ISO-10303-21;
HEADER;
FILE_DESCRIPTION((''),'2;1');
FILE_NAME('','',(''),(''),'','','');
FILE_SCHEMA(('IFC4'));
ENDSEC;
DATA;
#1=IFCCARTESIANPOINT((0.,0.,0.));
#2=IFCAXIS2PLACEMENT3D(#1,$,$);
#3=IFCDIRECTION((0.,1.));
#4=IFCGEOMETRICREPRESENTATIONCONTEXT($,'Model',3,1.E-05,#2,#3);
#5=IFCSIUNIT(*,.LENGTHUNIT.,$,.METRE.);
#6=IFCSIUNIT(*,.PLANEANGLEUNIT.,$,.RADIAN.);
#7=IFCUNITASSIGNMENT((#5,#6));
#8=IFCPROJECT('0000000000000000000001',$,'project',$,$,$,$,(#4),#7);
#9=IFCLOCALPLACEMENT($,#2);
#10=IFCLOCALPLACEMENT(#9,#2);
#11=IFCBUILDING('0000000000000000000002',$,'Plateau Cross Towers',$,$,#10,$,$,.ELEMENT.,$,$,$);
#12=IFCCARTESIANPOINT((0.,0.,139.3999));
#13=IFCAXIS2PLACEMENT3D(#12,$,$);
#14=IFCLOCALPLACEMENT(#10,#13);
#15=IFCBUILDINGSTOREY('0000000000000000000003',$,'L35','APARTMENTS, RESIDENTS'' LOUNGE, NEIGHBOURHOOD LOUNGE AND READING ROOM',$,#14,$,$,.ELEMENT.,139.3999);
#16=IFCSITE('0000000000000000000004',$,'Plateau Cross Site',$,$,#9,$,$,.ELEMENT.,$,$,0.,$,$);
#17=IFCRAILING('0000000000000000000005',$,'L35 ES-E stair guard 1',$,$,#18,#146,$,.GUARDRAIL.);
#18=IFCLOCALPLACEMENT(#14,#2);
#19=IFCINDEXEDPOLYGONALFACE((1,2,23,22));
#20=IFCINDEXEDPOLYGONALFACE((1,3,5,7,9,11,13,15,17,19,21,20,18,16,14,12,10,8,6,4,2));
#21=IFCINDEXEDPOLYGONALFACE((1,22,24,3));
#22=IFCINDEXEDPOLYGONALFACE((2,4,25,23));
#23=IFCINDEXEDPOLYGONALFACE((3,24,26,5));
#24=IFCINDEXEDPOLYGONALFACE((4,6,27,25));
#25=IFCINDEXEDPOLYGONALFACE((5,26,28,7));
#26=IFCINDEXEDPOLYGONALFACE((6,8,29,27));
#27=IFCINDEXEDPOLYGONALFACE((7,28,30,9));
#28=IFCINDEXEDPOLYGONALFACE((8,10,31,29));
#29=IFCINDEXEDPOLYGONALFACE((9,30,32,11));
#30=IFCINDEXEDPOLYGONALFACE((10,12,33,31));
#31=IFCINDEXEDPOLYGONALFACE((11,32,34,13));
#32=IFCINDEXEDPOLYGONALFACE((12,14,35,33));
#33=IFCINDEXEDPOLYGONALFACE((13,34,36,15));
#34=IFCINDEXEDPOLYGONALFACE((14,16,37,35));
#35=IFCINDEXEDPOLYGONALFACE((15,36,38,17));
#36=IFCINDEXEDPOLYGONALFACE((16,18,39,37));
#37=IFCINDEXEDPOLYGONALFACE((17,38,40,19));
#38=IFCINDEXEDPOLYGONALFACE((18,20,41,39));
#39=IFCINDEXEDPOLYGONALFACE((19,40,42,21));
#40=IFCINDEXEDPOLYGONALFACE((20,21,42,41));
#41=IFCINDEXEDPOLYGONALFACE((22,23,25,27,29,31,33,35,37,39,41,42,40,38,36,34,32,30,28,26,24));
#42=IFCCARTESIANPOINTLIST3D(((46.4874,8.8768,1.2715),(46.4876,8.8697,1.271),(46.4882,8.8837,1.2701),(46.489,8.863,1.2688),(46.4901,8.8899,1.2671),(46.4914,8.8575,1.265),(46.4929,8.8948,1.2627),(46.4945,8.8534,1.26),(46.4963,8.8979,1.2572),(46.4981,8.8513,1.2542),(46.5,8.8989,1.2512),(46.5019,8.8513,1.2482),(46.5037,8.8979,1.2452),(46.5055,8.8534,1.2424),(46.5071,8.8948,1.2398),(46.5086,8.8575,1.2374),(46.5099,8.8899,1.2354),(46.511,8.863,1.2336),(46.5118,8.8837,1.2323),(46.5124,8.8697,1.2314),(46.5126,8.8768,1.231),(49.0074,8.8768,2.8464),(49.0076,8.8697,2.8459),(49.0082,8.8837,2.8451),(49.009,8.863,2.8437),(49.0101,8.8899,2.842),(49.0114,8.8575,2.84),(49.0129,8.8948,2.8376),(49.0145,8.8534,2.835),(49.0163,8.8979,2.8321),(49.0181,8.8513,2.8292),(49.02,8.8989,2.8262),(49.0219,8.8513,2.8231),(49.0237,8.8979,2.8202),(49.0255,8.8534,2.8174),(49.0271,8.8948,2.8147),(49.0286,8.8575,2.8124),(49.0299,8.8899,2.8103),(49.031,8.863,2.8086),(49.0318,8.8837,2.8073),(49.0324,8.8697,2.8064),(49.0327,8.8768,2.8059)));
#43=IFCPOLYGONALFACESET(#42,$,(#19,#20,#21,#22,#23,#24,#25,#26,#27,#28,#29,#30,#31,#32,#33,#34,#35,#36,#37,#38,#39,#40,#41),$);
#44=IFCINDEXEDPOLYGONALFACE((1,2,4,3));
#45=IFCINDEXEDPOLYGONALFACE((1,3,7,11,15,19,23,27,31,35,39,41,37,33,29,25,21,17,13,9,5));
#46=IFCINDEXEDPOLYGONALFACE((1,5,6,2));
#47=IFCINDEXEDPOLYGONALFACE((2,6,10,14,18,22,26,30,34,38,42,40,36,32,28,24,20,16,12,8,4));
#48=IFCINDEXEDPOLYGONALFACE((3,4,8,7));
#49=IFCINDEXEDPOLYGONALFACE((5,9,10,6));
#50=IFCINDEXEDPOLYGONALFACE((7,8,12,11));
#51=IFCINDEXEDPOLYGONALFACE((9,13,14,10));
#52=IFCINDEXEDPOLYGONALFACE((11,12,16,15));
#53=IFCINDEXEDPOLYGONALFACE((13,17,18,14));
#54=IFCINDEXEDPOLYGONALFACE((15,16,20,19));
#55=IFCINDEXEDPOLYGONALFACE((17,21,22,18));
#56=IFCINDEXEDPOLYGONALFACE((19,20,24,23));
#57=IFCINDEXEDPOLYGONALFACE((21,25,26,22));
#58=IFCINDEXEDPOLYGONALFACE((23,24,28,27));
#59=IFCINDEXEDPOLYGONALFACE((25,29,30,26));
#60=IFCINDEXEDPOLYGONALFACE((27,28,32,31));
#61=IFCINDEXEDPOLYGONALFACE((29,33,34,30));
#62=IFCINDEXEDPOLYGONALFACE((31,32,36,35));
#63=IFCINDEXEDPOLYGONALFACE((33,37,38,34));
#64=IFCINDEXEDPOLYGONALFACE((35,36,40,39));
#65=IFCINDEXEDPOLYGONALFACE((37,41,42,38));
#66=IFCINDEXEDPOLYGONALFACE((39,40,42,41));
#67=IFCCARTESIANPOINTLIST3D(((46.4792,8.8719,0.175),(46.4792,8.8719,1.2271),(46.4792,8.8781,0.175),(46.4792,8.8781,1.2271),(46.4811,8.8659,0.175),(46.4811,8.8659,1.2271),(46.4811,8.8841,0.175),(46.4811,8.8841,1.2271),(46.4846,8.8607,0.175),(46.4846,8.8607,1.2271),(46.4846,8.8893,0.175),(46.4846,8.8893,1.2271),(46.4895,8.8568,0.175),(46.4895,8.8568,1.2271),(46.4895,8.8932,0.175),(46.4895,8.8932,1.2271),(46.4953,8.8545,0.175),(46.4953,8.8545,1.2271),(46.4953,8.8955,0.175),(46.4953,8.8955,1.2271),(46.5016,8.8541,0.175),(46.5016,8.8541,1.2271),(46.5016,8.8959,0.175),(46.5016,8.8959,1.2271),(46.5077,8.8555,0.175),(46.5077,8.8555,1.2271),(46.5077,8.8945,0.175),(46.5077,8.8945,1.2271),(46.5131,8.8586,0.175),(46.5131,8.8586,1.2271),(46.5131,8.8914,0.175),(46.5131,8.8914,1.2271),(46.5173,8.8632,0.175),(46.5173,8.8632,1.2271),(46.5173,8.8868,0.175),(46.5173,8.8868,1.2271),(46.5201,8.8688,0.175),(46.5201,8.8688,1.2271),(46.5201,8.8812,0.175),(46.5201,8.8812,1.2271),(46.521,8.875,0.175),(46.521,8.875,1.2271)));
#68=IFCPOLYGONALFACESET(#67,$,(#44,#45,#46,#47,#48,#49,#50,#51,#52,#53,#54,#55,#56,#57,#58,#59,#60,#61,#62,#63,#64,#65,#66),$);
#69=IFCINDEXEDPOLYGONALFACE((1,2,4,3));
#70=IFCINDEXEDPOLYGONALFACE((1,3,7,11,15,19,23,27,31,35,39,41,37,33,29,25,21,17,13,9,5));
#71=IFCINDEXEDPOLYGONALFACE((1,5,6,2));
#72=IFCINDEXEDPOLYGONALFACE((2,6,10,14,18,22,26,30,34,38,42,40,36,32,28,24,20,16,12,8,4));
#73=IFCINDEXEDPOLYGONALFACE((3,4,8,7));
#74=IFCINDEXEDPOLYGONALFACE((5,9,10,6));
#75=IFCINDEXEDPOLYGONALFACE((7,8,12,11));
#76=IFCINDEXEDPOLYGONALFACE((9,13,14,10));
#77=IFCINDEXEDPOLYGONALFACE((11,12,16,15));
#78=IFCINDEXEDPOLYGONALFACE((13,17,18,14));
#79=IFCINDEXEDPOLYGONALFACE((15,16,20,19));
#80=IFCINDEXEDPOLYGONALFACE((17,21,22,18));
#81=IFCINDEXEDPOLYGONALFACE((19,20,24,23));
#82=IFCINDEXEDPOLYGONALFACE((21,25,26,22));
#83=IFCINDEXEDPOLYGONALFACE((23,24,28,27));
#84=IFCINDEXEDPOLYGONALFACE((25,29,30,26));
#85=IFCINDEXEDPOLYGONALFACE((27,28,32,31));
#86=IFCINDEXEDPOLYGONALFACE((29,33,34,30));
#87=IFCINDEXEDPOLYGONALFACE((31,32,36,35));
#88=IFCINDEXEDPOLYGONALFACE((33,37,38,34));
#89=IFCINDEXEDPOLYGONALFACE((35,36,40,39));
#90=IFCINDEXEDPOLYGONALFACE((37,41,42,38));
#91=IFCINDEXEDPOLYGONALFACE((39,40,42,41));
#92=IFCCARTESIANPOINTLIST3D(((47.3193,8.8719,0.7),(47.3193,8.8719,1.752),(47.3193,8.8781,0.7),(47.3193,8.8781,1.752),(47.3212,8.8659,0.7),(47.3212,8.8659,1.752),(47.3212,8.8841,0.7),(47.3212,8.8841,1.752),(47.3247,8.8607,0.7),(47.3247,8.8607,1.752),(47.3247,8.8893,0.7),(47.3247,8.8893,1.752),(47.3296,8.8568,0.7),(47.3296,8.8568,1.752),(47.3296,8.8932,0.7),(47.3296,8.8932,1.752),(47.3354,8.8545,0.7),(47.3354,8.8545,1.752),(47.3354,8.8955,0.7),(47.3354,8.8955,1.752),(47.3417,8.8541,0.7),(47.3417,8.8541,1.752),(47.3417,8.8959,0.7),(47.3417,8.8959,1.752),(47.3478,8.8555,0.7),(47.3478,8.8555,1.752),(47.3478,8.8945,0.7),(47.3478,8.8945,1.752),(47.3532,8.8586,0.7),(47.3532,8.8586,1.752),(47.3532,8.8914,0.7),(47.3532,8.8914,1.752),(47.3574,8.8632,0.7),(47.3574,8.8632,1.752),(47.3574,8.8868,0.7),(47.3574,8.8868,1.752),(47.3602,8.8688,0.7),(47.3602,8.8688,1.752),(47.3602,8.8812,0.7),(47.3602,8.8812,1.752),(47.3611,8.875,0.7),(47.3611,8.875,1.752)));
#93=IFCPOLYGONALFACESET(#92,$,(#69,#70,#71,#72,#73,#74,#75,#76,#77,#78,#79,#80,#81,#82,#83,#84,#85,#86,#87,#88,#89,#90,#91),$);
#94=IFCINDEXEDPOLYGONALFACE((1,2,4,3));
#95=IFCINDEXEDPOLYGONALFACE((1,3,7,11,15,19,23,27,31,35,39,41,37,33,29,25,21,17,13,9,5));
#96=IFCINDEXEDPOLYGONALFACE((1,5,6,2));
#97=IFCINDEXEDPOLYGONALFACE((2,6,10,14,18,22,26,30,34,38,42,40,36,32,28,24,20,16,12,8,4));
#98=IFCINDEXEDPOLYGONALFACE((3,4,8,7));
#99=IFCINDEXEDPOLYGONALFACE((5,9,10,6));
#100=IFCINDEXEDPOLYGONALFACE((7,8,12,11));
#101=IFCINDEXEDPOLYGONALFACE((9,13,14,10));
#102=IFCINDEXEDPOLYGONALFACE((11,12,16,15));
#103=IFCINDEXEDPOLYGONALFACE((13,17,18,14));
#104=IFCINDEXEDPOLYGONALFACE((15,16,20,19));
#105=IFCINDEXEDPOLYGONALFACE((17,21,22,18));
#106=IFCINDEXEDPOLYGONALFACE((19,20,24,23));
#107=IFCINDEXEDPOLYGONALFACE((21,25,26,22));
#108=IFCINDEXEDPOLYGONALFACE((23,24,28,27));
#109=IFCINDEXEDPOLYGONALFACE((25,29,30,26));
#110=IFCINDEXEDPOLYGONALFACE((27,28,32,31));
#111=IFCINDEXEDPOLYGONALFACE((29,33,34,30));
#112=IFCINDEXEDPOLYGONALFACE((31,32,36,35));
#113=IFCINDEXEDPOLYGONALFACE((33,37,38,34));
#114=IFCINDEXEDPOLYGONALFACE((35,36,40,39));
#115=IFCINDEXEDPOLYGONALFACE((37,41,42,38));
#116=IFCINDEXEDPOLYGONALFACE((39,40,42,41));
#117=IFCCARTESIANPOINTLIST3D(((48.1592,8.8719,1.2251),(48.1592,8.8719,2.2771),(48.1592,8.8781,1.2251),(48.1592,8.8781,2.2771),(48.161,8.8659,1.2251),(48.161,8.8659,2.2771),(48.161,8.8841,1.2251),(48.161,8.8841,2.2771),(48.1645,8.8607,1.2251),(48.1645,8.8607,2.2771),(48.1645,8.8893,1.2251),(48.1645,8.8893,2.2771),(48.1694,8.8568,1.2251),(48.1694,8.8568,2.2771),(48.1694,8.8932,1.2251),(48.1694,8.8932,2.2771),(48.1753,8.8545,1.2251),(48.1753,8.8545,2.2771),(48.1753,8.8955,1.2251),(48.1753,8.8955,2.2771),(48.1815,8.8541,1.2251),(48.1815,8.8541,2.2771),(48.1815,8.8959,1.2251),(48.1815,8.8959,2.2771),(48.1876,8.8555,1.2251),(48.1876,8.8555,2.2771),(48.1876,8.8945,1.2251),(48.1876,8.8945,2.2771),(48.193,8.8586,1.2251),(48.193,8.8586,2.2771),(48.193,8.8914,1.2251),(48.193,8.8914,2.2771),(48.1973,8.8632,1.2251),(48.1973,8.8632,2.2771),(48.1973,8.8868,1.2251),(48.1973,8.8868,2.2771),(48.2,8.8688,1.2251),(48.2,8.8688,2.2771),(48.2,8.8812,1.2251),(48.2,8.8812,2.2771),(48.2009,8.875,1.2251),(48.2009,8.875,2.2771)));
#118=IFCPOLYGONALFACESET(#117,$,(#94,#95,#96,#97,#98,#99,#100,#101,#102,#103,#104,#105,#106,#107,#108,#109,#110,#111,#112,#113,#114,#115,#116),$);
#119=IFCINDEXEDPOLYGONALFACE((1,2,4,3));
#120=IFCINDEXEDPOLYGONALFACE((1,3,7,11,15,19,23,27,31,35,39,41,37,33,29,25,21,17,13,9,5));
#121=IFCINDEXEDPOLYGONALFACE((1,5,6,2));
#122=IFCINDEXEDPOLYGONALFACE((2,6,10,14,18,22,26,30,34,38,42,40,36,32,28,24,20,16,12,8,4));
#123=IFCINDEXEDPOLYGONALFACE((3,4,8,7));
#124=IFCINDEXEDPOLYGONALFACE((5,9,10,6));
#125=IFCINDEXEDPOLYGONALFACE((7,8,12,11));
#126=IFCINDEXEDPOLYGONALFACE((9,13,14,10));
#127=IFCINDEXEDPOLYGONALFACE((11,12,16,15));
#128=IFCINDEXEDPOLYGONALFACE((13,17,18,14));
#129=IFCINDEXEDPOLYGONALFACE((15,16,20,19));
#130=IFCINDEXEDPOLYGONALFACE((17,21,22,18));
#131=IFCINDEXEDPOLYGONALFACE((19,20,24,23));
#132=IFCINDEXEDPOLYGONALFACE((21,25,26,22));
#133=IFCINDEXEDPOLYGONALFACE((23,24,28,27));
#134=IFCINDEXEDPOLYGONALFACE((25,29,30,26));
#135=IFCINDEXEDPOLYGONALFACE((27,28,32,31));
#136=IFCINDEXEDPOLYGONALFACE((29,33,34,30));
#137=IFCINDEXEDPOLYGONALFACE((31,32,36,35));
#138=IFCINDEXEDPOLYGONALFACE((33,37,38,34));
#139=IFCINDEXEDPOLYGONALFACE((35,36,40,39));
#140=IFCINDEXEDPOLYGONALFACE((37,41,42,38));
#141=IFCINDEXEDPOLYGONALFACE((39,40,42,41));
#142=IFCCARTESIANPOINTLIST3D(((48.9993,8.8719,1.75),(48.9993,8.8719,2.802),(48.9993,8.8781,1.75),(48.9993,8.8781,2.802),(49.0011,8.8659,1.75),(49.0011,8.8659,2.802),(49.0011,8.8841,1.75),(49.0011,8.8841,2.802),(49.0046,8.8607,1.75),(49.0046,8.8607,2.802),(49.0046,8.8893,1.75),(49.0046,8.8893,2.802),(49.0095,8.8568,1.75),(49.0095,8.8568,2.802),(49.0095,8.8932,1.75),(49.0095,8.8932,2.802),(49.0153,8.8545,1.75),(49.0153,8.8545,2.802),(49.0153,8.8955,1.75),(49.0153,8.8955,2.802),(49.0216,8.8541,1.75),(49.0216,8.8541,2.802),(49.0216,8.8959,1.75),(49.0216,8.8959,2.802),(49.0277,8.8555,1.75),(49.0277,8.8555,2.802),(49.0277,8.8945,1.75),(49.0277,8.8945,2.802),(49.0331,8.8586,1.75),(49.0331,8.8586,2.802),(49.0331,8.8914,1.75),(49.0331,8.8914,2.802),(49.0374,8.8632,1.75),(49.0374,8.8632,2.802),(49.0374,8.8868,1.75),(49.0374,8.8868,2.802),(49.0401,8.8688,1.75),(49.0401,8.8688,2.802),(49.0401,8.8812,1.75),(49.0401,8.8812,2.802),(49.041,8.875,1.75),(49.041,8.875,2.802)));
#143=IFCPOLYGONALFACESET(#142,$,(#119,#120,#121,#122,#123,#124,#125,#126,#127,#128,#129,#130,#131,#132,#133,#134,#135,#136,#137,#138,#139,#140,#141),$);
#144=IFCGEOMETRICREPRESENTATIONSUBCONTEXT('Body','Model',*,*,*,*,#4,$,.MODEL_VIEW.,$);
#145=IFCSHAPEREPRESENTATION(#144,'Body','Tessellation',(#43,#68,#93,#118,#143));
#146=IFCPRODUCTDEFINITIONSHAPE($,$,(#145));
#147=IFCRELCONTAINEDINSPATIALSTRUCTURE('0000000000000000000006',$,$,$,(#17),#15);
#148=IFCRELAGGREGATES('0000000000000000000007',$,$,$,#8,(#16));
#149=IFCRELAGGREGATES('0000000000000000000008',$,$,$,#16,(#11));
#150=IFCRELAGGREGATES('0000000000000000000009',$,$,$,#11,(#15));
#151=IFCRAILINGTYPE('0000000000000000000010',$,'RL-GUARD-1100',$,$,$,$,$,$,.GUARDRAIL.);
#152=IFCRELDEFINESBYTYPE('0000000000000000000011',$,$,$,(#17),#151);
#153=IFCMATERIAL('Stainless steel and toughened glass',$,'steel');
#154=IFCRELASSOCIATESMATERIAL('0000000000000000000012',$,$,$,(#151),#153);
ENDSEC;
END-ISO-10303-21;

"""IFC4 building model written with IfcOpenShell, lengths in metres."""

from ifc_helpers import new_model, si_unit, direction, frame, origin, origin_2d, place, context, subcontext, project, spatial, circle, extrude, material, type_object, element, save


model = new_model("IFC4")

# Units and contexts
model_context = context("Model", 3, precision=1e-05, world=origin(), true_north=direction((0.0, 1.0)))
body_context = subcontext(model_context, "Body", "Model", "MODEL_VIEW")
ifc_project = project(units=[si_unit("LENGTHUNIT", "METRE"), si_unit("PLANEANGLEUNIT", "RADIAN")], contexts=[model_context])

# Site, building, storey
site_placement = place(None, origin())
site = spatial("IfcSite", under=ifc_project, at=site_placement, Name="Plateau Cross Site", CompositionType="ELEMENT", RefElevation=0.0)
building_placement = place(site_placement, origin())
building = spatial("IfcBuilding", under=site, at=building_placement, Name="Plateau Cross Towers", CompositionType="ELEMENT")
storey_placement = place(building_placement, frame((0.0, 0.0, 139.3999)))
storey = spatial("IfcBuildingStorey", under=building, at=storey_placement, Name="L35", Description="APARTMENTS, RESIDENTS' LOUNGE, NEIGHBOURHOOD LOUNGE AND READING ROOM", CompositionType="ELEMENT", Elevation=139.3999)

# Railing
ifc_material_1 = material(Name="Stainless steel and toughened glass", Category="steel")
railing_type_1 = type_object("IfcRailingType", Name="RL-GUARD-1100", PredefinedType="GUARDRAIL", material=ifc_material_1)
railing_1_placement = place(storey_placement, frame((46.5, 8.875, 0.175)))
element("IfcRailing", 1, at=railing_1_placement, inside=storey, type_object=railing_type_1, Name="L35 ES-E stair guard 1", PredefinedType="GUARDRAIL", context=body_context, shape_type="SweptSolid", body=[
    extrude(circle(Radius=0.0239, at=origin_2d()), frame((0.0, 0.0, 1.0762), z_axis=(0.848008, 0.0, 0.529984), x_axis=(0.0, 1.0, 0.0)), (0.0, 0.0, 1.0), 2.9717),
    extrude(circle(Radius=0.021, at=origin_2d()), origin(), (0.0, 0.0, 1.0), 1.052),
    extrude(circle(Radius=0.021, at=origin_2d()), frame((0.8401, 0.0, 0.5249)), (0.0, 0.0, 1.0), 1.052),
    extrude(circle(Radius=0.021, at=origin_2d()), frame((1.6799, 0.0, 1.05)), (0.0, 0.0, 1.0), 1.052),
    extrude(circle(Radius=0.021, at=origin_2d()), frame((2.52, 0.0, 1.575)), (0.0, 0.0, 1.0), 1.052),
])

save(model, "model.ifc")
